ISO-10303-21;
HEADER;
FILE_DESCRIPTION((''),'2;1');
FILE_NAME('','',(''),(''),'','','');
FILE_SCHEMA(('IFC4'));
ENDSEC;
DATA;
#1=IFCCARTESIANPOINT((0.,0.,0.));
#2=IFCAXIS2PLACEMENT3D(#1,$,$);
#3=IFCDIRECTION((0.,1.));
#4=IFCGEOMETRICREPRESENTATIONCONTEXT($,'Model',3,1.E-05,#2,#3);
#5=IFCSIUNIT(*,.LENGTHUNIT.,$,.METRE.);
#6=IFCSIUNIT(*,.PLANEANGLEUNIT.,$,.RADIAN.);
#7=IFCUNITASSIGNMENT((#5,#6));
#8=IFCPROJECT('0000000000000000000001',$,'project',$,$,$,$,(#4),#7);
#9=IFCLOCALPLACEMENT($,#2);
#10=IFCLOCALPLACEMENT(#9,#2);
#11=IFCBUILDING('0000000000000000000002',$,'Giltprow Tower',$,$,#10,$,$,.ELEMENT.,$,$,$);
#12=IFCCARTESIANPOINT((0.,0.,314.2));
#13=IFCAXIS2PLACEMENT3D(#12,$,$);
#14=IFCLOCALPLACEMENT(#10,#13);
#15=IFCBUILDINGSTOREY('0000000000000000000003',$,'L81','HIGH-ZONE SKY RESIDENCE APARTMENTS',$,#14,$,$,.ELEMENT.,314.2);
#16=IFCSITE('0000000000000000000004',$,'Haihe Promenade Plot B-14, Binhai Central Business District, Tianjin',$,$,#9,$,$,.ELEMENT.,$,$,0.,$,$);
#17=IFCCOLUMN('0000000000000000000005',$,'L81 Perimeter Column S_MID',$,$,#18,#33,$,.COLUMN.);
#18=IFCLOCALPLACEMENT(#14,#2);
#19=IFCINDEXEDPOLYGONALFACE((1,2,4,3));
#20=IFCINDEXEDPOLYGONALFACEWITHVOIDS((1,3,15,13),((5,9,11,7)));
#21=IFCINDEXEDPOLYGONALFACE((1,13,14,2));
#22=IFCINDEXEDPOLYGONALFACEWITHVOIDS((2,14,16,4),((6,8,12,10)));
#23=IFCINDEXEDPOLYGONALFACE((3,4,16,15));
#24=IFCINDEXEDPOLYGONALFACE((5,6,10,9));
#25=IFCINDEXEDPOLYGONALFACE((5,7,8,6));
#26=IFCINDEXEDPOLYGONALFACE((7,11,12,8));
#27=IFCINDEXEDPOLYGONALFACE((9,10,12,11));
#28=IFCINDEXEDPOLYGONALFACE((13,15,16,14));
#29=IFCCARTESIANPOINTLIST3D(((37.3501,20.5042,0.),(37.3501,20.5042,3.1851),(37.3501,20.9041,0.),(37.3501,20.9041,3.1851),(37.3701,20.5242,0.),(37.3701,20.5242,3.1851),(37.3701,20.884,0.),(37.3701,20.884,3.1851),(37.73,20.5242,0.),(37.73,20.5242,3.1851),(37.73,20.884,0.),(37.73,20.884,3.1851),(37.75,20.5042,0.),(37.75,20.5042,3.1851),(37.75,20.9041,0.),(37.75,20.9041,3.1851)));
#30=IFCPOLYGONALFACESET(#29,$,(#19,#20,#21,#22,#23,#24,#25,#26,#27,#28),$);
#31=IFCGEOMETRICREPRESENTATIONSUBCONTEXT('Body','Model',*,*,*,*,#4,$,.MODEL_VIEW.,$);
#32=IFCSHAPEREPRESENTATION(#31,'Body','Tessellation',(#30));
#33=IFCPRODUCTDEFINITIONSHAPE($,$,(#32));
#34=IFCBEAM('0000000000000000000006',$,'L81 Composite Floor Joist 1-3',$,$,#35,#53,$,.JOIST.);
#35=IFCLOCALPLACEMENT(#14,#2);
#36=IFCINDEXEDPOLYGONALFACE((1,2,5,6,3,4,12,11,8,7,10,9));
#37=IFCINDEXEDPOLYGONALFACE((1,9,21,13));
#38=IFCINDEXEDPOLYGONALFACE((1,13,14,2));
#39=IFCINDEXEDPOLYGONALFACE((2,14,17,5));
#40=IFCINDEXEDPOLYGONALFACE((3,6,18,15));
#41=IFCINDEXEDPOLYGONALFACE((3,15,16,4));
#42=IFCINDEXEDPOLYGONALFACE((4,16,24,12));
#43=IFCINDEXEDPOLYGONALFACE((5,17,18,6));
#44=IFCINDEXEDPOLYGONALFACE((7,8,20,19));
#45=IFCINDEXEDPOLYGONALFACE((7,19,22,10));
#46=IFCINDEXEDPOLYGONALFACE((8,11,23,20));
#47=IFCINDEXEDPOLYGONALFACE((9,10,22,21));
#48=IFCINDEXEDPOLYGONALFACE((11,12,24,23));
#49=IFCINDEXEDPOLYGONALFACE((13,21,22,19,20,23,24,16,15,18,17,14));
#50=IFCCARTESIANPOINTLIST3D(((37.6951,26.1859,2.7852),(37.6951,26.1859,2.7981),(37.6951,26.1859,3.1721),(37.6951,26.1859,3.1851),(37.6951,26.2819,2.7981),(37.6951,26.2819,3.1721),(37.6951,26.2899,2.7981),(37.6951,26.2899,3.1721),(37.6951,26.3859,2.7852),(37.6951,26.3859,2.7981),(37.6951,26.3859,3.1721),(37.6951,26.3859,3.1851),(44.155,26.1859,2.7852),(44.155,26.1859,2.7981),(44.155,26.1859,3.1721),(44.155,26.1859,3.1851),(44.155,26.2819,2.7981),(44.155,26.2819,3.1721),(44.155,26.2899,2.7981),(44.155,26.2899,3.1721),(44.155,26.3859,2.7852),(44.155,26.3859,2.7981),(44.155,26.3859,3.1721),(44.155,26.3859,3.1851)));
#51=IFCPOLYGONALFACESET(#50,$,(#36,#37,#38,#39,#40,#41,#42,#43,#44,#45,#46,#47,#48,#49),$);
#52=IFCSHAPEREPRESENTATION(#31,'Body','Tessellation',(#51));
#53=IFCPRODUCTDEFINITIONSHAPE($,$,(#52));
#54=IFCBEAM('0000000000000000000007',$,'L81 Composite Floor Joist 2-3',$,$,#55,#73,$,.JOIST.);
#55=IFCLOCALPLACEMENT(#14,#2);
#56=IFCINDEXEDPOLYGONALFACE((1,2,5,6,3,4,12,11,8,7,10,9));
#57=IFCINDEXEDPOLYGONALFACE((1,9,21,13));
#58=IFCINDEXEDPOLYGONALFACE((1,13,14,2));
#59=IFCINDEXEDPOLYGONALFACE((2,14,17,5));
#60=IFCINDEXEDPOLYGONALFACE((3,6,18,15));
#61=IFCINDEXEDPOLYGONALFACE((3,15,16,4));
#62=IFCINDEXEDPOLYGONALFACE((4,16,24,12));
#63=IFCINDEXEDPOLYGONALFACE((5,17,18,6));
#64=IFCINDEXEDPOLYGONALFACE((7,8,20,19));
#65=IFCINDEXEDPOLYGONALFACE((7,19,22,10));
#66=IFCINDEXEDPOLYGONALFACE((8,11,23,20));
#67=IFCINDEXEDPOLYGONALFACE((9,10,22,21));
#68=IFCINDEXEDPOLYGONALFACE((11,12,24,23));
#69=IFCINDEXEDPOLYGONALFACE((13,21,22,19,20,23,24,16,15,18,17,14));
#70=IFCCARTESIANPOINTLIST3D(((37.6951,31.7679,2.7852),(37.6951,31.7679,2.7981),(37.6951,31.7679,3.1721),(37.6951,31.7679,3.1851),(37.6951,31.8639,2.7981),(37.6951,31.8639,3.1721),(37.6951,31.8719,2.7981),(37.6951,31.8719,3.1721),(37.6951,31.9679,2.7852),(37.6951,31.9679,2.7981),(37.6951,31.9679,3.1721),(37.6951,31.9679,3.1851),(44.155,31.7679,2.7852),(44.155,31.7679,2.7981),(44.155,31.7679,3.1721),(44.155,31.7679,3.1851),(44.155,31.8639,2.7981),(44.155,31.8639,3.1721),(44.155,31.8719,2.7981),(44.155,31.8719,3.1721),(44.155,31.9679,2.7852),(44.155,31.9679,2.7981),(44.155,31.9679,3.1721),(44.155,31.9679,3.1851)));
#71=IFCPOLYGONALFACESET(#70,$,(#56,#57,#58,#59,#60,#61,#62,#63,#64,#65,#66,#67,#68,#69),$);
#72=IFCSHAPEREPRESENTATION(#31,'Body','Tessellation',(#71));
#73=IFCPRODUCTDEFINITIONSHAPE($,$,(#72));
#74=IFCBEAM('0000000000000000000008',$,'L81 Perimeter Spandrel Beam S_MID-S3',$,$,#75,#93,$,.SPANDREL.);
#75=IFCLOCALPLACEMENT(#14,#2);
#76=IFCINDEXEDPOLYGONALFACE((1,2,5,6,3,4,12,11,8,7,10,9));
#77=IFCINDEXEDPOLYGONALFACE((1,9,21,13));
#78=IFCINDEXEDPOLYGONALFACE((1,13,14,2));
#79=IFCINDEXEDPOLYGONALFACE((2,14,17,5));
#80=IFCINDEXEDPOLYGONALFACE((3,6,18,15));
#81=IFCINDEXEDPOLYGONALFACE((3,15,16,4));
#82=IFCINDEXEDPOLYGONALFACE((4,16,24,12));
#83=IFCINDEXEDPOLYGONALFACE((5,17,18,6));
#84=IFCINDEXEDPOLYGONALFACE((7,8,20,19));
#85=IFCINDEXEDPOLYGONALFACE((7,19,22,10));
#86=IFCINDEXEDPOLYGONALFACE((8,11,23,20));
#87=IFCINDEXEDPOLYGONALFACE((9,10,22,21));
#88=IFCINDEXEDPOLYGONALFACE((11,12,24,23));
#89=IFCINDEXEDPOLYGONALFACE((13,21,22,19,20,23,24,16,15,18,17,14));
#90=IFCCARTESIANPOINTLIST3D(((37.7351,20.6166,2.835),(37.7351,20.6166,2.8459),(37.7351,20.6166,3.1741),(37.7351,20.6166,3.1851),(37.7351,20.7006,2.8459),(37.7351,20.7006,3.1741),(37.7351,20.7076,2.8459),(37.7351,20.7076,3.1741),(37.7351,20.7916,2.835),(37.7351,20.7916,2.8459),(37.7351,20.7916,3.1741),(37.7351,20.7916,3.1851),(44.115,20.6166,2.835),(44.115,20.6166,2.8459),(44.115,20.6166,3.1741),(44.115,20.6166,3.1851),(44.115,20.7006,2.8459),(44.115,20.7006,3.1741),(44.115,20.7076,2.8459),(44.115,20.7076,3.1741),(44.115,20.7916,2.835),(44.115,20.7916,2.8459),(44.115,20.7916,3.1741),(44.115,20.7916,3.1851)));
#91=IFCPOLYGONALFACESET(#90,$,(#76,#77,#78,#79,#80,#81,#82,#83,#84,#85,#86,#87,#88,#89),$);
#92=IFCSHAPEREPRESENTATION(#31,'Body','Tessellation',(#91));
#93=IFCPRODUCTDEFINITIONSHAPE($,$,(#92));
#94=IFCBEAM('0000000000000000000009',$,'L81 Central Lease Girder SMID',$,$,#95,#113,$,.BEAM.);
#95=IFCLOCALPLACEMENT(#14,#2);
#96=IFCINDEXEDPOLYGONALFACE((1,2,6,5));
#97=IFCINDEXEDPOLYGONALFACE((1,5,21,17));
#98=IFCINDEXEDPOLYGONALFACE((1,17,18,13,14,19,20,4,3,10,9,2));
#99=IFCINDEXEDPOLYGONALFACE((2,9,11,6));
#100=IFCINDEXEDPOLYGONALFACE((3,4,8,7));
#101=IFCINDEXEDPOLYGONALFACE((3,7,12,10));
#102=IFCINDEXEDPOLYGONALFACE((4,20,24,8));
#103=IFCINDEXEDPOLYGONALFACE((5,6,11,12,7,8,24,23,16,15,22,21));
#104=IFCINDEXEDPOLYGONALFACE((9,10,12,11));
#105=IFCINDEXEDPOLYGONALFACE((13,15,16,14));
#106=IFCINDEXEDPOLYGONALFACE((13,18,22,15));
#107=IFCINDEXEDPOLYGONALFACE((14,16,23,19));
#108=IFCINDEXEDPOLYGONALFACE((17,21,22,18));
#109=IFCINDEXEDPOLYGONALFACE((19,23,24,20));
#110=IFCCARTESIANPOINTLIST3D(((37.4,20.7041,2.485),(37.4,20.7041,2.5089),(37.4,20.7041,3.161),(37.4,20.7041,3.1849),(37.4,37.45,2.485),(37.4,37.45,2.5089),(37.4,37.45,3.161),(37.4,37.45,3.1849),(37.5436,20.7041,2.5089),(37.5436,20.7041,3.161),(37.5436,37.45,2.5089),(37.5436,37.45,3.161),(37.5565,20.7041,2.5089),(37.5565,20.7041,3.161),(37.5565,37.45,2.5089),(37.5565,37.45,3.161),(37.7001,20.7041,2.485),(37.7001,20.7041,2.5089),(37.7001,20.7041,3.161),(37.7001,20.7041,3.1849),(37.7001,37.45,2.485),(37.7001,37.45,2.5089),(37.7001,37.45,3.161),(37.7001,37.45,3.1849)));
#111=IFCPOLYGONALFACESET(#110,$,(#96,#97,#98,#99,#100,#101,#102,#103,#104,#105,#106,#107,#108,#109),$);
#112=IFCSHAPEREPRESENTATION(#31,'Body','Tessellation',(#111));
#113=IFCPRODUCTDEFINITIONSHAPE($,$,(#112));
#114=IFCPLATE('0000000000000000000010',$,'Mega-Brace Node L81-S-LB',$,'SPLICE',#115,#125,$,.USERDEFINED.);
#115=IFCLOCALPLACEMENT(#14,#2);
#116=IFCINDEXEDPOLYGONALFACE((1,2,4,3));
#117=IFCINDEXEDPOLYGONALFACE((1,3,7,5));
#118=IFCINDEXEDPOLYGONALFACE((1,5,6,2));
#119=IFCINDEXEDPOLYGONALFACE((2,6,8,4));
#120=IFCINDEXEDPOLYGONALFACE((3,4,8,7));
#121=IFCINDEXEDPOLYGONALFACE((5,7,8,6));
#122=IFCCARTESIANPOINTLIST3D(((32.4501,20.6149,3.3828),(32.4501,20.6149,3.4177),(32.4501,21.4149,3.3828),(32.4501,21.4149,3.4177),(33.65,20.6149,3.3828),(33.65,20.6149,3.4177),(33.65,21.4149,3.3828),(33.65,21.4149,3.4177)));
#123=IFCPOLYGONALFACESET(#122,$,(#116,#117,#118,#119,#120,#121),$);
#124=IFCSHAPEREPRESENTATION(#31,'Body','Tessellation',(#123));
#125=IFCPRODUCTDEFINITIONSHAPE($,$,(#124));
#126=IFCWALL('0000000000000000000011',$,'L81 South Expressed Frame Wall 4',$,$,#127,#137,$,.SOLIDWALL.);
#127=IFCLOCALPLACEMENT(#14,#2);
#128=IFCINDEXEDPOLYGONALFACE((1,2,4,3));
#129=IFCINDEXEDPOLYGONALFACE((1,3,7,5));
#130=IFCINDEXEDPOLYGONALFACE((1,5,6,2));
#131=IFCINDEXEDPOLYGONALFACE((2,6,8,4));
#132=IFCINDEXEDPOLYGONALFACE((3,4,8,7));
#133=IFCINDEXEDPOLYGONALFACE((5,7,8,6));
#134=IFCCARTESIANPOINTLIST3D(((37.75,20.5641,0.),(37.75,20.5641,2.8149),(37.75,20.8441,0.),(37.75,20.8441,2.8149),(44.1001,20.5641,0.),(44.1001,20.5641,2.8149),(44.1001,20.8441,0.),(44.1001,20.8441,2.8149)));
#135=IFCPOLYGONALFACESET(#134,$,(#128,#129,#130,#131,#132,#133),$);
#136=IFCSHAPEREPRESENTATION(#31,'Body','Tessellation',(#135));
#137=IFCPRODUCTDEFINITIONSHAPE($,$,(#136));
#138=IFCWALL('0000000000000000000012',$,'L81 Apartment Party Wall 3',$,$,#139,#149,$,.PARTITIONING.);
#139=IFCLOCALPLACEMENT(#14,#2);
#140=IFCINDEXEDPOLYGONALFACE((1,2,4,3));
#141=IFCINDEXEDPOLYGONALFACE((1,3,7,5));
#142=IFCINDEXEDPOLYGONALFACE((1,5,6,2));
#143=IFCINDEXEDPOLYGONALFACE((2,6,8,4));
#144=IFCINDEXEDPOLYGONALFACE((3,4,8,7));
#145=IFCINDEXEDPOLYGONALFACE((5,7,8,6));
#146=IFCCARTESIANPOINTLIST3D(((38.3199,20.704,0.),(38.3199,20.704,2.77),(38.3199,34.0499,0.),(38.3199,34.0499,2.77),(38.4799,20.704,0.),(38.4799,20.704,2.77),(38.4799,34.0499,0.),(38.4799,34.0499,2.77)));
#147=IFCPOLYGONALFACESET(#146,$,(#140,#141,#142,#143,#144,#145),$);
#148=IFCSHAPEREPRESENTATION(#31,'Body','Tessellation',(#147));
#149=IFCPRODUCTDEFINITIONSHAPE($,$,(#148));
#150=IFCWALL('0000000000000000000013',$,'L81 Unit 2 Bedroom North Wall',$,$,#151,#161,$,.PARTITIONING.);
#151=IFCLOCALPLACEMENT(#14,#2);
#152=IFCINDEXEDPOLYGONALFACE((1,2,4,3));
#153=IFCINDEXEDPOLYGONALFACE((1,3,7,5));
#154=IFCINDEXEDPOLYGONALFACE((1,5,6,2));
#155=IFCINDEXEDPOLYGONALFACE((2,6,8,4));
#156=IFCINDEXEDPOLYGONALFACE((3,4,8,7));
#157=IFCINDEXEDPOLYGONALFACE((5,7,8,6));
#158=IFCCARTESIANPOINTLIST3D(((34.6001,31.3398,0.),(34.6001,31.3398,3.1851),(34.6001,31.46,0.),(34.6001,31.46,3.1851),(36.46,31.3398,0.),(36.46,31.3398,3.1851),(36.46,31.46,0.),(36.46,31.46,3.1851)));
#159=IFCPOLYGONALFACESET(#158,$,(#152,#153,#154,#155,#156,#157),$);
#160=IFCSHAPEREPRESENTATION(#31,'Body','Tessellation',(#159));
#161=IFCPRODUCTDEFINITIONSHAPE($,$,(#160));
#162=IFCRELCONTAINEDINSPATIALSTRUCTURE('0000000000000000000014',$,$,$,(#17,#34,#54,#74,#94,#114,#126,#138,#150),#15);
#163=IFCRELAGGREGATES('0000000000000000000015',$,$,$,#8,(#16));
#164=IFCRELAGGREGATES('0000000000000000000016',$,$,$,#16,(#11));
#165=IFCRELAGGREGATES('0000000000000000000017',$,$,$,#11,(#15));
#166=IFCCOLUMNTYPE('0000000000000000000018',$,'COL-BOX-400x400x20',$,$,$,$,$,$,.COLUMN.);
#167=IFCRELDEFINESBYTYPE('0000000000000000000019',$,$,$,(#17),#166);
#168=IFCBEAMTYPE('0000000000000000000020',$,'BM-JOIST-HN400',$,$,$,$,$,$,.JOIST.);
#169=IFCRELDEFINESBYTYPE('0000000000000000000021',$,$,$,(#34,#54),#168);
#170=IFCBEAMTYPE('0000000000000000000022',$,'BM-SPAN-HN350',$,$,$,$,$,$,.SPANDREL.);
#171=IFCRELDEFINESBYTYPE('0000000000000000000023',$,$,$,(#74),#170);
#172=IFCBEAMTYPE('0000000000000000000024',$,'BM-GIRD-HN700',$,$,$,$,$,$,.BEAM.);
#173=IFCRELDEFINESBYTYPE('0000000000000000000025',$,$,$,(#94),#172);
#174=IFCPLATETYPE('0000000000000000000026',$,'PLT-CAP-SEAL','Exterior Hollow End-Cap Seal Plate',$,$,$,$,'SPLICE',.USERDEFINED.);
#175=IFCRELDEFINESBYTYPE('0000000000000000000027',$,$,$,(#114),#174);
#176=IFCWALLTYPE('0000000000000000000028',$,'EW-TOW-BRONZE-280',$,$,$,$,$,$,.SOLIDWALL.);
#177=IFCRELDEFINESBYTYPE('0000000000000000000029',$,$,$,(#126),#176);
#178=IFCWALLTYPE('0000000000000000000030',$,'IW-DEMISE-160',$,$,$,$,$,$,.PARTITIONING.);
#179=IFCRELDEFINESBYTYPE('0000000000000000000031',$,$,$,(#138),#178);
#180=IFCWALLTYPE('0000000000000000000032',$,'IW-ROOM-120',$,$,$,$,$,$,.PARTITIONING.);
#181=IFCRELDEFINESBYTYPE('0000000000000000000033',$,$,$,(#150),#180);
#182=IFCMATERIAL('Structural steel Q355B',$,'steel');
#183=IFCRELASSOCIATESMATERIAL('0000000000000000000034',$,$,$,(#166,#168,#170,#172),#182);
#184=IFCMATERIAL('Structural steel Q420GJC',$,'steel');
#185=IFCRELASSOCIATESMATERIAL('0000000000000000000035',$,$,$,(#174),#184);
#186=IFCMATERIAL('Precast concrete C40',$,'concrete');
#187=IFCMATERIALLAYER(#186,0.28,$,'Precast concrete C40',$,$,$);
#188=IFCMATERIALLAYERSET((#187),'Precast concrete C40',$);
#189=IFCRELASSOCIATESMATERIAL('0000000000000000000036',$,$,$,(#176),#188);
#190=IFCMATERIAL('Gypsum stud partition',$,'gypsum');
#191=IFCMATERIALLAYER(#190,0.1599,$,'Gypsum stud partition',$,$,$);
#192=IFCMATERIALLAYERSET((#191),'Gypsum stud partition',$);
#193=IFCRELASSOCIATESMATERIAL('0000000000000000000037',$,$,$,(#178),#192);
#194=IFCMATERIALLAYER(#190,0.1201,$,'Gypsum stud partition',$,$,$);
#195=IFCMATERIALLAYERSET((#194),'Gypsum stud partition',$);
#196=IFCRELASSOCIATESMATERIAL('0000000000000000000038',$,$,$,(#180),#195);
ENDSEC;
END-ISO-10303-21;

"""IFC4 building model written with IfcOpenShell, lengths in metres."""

from ifc_helpers import new_model, si_unit, direction, frame, frame_2d, origin, origin_2d, place, context, subcontext, project, spatial, rectangle, hollow_rectangle, i_section, extrude, source, transform, mapped, material, layer, layer_set, material_profile, profile_set, type_object, element, save


model = new_model("IFC4")

# Units and contexts
model_context = context("Model", 3, precision=1e-05, world=origin(), true_north=direction((0.0, 1.0)))
body_context = subcontext(model_context, "Body", "Model", "MODEL_VIEW")
ifc_project = project(units=[si_unit("LENGTHUNIT", "METRE"), si_unit("PLANEANGLEUNIT", "RADIAN")], contexts=[model_context])

# Site, building, storey
site_placement = place(None, origin())
site = spatial("IfcSite", under=ifc_project, at=site_placement, Name="Haihe Promenade Plot B-14, Binhai Central Business District, Tianjin", CompositionType="ELEMENT", RefElevation=0.0)
building_placement = place(site_placement, origin())
building = spatial("IfcBuilding", under=site, at=building_placement, Name="Giltprow Tower", CompositionType="ELEMENT")
storey_placement = place(building_placement, frame((0.0, 0.0, 314.2)))
storey = spatial("IfcBuildingStorey", under=building, at=storey_placement, Name="L81", Description="HIGH-ZONE SKY RESIDENCE APARTMENTS", CompositionType="ELEMENT", Elevation=314.2)

# Column
ifc_material_1 = material(Name="Structural steel Q355B", Category="steel")
ifc_material_profile_1 = material_profile(ifc_material_1, hollow_rectangle(XDim=0.3999, YDim=0.3999, WallThickness=0.02, at=origin_2d()), Name="BOX 400x400x20")
ifc_profile_set_1 = profile_set([ifc_material_profile_1], Name="Structural steel Q355B")
column_type = type_object("IfcColumnType", Name="COL-BOX-400x400x20", PredefinedType="COLUMN", material=ifc_profile_set_1)
shared_shape_1 = source(origin(), body_context, "Body", "SweptSolid", [
    extrude(hollow_rectangle(XDim=0.3999, YDim=0.3999, WallThickness=0.02, at=origin_2d()), origin(), (0.0, 0.0, 1.0), 3.1851),
])
column_placement = place(storey_placement, frame((37.55, 20.7041, 0.0), z_axis=(0.0, 0.0, 1.0), x_axis=(1.0, 0.0, 0.0)))
element("IfcColumn", 1, at=column_placement, inside=storey, type_object=column_type, Name="L81 Perimeter Column S_MID", PredefinedType="COLUMN", context=body_context, shape_type="MappedRepresentation", body=[
    mapped(shared_shape_1, transform((0.0, 0.0, 0.0), x_axis=(1.0, 0.0, 0.0), y_axis=(0.0, 1.0, 0.0), z_axis=(0.0, 0.0, 1.0), scale=1.0)),
])

# Beams
ifc_material_profile_2 = material_profile(ifc_material_1, i_section(OverallWidth=0.2, OverallDepth=0.3999, WebThickness=0.0081, FlangeThickness=0.0129, at=origin_2d()), Name="HN 400x200x8x13")
ifc_profile_set_2 = profile_set([ifc_material_profile_2], Name="Structural steel Q355B")
beam_type_1 = type_object("IfcBeamType", Name="BM-JOIST-HN400", PredefinedType="JOIST", material=ifc_profile_set_2)
shared_shape_2 = source(origin(), body_context, "Body", "SweptSolid", [
    extrude(i_section(OverallWidth=0.2, OverallDepth=0.3999, WebThickness=0.0081, FlangeThickness=0.0129, at=origin_2d()), origin(), (0.0, 0.0, 1.0), 6.46),
])
for number, where, z_axis, x_axis, name in (
    (2, (37.6951, 26.2859, 2.9851), (1.0, 0.0, 0.0), (0.0, 1.0, 0.0), "L81 Composite Floor Joist 1-3"),
    (3, (37.6951, 31.8679, 2.9851), (1.0, 0.0, 0.0), (0.0, 1.0, 0.0), "L81 Composite Floor Joist 2-3"),
):
    element("IfcBeam", number, at=place(storey_placement, frame(where, z_axis=z_axis, x_axis=x_axis)), inside=storey, type_object=beam_type_1, Name=name, PredefinedType="JOIST", context=body_context, shape_type="MappedRepresentation", body=[
        mapped(shared_shape_2, transform((0.0, 0.0, 0.0), x_axis=(1.0, 0.0, 0.0), y_axis=(0.0, 1.0, 0.0), z_axis=(0.0, 0.0, 1.0), scale=1.0)),
    ])
ifc_material_profile_3 = material_profile(ifc_material_1, i_section(OverallWidth=0.175, OverallDepth=0.3501, WebThickness=0.0071, FlangeThickness=0.011, at=origin_2d()), Name="HN 350x175x7x11")
ifc_profile_set_3 = profile_set([ifc_material_profile_3], Name="Structural steel Q355B")
beam_type_2 = type_object("IfcBeamType", Name="BM-SPAN-HN350", PredefinedType="SPANDREL", material=ifc_profile_set_3)
shared_shape_3 = source(origin(), body_context, "Body", "SweptSolid", [
    extrude(i_section(OverallWidth=0.175, OverallDepth=0.3501, WebThickness=0.0071, FlangeThickness=0.011, at=origin_2d()), origin(), (0.0, 0.0, 1.0), 6.3799),
])
beam_1_placement = place(storey_placement, frame((37.7351, 20.7041, 3.01), z_axis=(1.0, 0.0, 0.0), x_axis=(0.0, 1.0, 0.0)))
element("IfcBeam", 4, at=beam_1_placement, inside=storey, type_object=beam_type_2, Name="L81 Perimeter Spandrel Beam S_MID-S3", PredefinedType="SPANDREL", context=body_context, shape_type="MappedRepresentation", body=[
    mapped(shared_shape_3, transform((0.0, 0.0, 0.0), x_axis=(1.0, 0.0, 0.0), y_axis=(0.0, 1.0, 0.0), z_axis=(0.0, 0.0, 1.0), scale=1.0)),
])
ifc_material_profile_4 = material_profile(ifc_material_1, i_section(OverallWidth=0.3, OverallDepth=0.7, WebThickness=0.0129, FlangeThickness=0.0239, at=origin_2d()), Name="HN 700x300x13x24")
ifc_profile_set_4 = profile_set([ifc_material_profile_4], Name="Structural steel Q355B")
beam_type_3 = type_object("IfcBeamType", Name="BM-GIRD-HN700", PredefinedType="BEAM", material=ifc_profile_set_4)
shared_shape_4 = source(origin(), body_context, "Body", "SweptSolid", [
    extrude(i_section(OverallWidth=0.3, OverallDepth=0.7, WebThickness=0.0129, FlangeThickness=0.0239, at=origin_2d()), origin(), (0.0, 0.0, 1.0), 16.7458),
])
beam_2_placement = place(storey_placement, frame((37.55, 20.7041, 2.835), z_axis=(0.0, 1.0, 0.0), x_axis=(-1.0, 0.0, 0.0)))
element("IfcBeam", 5, at=beam_2_placement, inside=storey, type_object=beam_type_3, Name="L81 Central Lease Girder SMID", PredefinedType="BEAM", context=body_context, shape_type="MappedRepresentation", body=[
    mapped(shared_shape_4, transform((0.0, 0.0, 0.0), x_axis=(1.0, 0.0, 0.0), y_axis=(0.0, 1.0, 0.0), z_axis=(0.0, 0.0, 1.0), scale=1.0)),
])

# Plate
ifc_material_2 = material(Name="Structural steel Q420GJC", Category="steel")
plate_type = type_object("IfcPlateType", Name="PLT-CAP-SEAL", Description="Exterior Hollow End-Cap Seal Plate", ElementType="SPLICE", PredefinedType="USERDEFINED", material=ifc_material_2)
shared_shape_5 = source(origin(), body_context, "Body", "SweptSolid", [
    extrude(rectangle(XDim=1.2, YDim=0.8, at=origin_2d()), origin(), (0.0, 0.0, 1.0), 0.0349),
])
plate_placement = place(storey_placement, frame((33.05, 21.0149, 3.3828), z_axis=(0.0, 0.0, 1.0), x_axis=(1.0, 0.0, 0.0)))
element("IfcPlate", 6, at=plate_placement, inside=storey, type_object=plate_type, Name="Mega-Brace Node L81-S-LB", ObjectType="SPLICE", PredefinedType="USERDEFINED", context=body_context, shape_type="MappedRepresentation", body=[
    mapped(shared_shape_5, transform((0.0, 0.0, 0.0), x_axis=(1.0, 0.0, 0.0), y_axis=(0.0, 1.0, 0.0), z_axis=(0.0, 0.0, 1.0), scale=1.0)),
])

# Walls
ifc_material_3 = material(Name="Precast concrete C40", Category="concrete")
ifc_layer_1 = layer(ifc_material_3, 0.28, Name="Precast concrete C40")
ifc_layer_set_1 = layer_set([ifc_layer_1], Name="Precast concrete C40")
wall_type_1 = type_object("IfcWallType", Name="EW-TOW-BRONZE-280", PredefinedType="SOLIDWALL", material=ifc_layer_set_1)
wall_1_placement = place(storey_placement, frame((37.75, 20.7041, 0.0), z_axis=(0.0, 0.0, 1.0), x_axis=(1.0, 0.0, 0.0)))
element("IfcWall", 7, at=wall_1_placement, inside=storey, type_object=wall_type_1, Name="L81 South Expressed Frame Wall 4", PredefinedType="SOLIDWALL", context=body_context, shape_type="SweptSolid", body=[
    extrude(rectangle(XDim=6.3501, YDim=0.28, at=frame_2d((3.175, 0.0))), origin(), (0.0, 0.0, 1.0), 2.8149),
])
ifc_material_4 = material(Name="Gypsum stud partition", Category="gypsum")
ifc_layer_2 = layer(ifc_material_4, 0.1599, Name="Gypsum stud partition")
ifc_layer_set_2 = layer_set([ifc_layer_2], Name="Gypsum stud partition")
wall_type_2 = type_object("IfcWallType", Name="IW-DEMISE-160", PredefinedType="PARTITIONING", material=ifc_layer_set_2)
wall_2_placement = place(storey_placement, frame((38.3999, 20.7041, 0.0), z_axis=(0.0, 0.0, 1.0), x_axis=(0.0, 1.0, 0.0)))
element("IfcWall", 8, at=wall_2_placement, inside=storey, type_object=wall_type_2, Name="L81 Apartment Party Wall 3", PredefinedType="PARTITIONING", context=body_context, shape_type="SweptSolid", body=[
    extrude(rectangle(XDim=13.3459, YDim=0.1599, at=frame_2d((6.6729, 0.0))), origin(), (0.0, 0.0, 1.0), 2.77),
])
ifc_layer_3 = layer(ifc_material_4, 0.1201, Name="Gypsum stud partition")
ifc_layer_set_3 = layer_set([ifc_layer_3], Name="Gypsum stud partition")
wall_type_3 = type_object("IfcWallType", Name="IW-ROOM-120", PredefinedType="PARTITIONING", material=ifc_layer_set_3)
wall_3_placement = place(storey_placement, frame((34.6001, 31.3999, 0.0), z_axis=(0.0, 0.0, 1.0), x_axis=(1.0, 0.0, 0.0)))
element("IfcWall", 9, at=wall_3_placement, inside=storey, type_object=wall_type_3, Name="L81 Unit 2 Bedroom North Wall", PredefinedType="PARTITIONING", context=body_context, shape_type="SweptSolid", body=[
    extrude(rectangle(XDim=1.8599, YDim=0.1201, at=frame_2d((0.9299, 0.0))), origin(), (0.0, 0.0, 1.0), 3.1851),
])

save(model, "model.ifc")
